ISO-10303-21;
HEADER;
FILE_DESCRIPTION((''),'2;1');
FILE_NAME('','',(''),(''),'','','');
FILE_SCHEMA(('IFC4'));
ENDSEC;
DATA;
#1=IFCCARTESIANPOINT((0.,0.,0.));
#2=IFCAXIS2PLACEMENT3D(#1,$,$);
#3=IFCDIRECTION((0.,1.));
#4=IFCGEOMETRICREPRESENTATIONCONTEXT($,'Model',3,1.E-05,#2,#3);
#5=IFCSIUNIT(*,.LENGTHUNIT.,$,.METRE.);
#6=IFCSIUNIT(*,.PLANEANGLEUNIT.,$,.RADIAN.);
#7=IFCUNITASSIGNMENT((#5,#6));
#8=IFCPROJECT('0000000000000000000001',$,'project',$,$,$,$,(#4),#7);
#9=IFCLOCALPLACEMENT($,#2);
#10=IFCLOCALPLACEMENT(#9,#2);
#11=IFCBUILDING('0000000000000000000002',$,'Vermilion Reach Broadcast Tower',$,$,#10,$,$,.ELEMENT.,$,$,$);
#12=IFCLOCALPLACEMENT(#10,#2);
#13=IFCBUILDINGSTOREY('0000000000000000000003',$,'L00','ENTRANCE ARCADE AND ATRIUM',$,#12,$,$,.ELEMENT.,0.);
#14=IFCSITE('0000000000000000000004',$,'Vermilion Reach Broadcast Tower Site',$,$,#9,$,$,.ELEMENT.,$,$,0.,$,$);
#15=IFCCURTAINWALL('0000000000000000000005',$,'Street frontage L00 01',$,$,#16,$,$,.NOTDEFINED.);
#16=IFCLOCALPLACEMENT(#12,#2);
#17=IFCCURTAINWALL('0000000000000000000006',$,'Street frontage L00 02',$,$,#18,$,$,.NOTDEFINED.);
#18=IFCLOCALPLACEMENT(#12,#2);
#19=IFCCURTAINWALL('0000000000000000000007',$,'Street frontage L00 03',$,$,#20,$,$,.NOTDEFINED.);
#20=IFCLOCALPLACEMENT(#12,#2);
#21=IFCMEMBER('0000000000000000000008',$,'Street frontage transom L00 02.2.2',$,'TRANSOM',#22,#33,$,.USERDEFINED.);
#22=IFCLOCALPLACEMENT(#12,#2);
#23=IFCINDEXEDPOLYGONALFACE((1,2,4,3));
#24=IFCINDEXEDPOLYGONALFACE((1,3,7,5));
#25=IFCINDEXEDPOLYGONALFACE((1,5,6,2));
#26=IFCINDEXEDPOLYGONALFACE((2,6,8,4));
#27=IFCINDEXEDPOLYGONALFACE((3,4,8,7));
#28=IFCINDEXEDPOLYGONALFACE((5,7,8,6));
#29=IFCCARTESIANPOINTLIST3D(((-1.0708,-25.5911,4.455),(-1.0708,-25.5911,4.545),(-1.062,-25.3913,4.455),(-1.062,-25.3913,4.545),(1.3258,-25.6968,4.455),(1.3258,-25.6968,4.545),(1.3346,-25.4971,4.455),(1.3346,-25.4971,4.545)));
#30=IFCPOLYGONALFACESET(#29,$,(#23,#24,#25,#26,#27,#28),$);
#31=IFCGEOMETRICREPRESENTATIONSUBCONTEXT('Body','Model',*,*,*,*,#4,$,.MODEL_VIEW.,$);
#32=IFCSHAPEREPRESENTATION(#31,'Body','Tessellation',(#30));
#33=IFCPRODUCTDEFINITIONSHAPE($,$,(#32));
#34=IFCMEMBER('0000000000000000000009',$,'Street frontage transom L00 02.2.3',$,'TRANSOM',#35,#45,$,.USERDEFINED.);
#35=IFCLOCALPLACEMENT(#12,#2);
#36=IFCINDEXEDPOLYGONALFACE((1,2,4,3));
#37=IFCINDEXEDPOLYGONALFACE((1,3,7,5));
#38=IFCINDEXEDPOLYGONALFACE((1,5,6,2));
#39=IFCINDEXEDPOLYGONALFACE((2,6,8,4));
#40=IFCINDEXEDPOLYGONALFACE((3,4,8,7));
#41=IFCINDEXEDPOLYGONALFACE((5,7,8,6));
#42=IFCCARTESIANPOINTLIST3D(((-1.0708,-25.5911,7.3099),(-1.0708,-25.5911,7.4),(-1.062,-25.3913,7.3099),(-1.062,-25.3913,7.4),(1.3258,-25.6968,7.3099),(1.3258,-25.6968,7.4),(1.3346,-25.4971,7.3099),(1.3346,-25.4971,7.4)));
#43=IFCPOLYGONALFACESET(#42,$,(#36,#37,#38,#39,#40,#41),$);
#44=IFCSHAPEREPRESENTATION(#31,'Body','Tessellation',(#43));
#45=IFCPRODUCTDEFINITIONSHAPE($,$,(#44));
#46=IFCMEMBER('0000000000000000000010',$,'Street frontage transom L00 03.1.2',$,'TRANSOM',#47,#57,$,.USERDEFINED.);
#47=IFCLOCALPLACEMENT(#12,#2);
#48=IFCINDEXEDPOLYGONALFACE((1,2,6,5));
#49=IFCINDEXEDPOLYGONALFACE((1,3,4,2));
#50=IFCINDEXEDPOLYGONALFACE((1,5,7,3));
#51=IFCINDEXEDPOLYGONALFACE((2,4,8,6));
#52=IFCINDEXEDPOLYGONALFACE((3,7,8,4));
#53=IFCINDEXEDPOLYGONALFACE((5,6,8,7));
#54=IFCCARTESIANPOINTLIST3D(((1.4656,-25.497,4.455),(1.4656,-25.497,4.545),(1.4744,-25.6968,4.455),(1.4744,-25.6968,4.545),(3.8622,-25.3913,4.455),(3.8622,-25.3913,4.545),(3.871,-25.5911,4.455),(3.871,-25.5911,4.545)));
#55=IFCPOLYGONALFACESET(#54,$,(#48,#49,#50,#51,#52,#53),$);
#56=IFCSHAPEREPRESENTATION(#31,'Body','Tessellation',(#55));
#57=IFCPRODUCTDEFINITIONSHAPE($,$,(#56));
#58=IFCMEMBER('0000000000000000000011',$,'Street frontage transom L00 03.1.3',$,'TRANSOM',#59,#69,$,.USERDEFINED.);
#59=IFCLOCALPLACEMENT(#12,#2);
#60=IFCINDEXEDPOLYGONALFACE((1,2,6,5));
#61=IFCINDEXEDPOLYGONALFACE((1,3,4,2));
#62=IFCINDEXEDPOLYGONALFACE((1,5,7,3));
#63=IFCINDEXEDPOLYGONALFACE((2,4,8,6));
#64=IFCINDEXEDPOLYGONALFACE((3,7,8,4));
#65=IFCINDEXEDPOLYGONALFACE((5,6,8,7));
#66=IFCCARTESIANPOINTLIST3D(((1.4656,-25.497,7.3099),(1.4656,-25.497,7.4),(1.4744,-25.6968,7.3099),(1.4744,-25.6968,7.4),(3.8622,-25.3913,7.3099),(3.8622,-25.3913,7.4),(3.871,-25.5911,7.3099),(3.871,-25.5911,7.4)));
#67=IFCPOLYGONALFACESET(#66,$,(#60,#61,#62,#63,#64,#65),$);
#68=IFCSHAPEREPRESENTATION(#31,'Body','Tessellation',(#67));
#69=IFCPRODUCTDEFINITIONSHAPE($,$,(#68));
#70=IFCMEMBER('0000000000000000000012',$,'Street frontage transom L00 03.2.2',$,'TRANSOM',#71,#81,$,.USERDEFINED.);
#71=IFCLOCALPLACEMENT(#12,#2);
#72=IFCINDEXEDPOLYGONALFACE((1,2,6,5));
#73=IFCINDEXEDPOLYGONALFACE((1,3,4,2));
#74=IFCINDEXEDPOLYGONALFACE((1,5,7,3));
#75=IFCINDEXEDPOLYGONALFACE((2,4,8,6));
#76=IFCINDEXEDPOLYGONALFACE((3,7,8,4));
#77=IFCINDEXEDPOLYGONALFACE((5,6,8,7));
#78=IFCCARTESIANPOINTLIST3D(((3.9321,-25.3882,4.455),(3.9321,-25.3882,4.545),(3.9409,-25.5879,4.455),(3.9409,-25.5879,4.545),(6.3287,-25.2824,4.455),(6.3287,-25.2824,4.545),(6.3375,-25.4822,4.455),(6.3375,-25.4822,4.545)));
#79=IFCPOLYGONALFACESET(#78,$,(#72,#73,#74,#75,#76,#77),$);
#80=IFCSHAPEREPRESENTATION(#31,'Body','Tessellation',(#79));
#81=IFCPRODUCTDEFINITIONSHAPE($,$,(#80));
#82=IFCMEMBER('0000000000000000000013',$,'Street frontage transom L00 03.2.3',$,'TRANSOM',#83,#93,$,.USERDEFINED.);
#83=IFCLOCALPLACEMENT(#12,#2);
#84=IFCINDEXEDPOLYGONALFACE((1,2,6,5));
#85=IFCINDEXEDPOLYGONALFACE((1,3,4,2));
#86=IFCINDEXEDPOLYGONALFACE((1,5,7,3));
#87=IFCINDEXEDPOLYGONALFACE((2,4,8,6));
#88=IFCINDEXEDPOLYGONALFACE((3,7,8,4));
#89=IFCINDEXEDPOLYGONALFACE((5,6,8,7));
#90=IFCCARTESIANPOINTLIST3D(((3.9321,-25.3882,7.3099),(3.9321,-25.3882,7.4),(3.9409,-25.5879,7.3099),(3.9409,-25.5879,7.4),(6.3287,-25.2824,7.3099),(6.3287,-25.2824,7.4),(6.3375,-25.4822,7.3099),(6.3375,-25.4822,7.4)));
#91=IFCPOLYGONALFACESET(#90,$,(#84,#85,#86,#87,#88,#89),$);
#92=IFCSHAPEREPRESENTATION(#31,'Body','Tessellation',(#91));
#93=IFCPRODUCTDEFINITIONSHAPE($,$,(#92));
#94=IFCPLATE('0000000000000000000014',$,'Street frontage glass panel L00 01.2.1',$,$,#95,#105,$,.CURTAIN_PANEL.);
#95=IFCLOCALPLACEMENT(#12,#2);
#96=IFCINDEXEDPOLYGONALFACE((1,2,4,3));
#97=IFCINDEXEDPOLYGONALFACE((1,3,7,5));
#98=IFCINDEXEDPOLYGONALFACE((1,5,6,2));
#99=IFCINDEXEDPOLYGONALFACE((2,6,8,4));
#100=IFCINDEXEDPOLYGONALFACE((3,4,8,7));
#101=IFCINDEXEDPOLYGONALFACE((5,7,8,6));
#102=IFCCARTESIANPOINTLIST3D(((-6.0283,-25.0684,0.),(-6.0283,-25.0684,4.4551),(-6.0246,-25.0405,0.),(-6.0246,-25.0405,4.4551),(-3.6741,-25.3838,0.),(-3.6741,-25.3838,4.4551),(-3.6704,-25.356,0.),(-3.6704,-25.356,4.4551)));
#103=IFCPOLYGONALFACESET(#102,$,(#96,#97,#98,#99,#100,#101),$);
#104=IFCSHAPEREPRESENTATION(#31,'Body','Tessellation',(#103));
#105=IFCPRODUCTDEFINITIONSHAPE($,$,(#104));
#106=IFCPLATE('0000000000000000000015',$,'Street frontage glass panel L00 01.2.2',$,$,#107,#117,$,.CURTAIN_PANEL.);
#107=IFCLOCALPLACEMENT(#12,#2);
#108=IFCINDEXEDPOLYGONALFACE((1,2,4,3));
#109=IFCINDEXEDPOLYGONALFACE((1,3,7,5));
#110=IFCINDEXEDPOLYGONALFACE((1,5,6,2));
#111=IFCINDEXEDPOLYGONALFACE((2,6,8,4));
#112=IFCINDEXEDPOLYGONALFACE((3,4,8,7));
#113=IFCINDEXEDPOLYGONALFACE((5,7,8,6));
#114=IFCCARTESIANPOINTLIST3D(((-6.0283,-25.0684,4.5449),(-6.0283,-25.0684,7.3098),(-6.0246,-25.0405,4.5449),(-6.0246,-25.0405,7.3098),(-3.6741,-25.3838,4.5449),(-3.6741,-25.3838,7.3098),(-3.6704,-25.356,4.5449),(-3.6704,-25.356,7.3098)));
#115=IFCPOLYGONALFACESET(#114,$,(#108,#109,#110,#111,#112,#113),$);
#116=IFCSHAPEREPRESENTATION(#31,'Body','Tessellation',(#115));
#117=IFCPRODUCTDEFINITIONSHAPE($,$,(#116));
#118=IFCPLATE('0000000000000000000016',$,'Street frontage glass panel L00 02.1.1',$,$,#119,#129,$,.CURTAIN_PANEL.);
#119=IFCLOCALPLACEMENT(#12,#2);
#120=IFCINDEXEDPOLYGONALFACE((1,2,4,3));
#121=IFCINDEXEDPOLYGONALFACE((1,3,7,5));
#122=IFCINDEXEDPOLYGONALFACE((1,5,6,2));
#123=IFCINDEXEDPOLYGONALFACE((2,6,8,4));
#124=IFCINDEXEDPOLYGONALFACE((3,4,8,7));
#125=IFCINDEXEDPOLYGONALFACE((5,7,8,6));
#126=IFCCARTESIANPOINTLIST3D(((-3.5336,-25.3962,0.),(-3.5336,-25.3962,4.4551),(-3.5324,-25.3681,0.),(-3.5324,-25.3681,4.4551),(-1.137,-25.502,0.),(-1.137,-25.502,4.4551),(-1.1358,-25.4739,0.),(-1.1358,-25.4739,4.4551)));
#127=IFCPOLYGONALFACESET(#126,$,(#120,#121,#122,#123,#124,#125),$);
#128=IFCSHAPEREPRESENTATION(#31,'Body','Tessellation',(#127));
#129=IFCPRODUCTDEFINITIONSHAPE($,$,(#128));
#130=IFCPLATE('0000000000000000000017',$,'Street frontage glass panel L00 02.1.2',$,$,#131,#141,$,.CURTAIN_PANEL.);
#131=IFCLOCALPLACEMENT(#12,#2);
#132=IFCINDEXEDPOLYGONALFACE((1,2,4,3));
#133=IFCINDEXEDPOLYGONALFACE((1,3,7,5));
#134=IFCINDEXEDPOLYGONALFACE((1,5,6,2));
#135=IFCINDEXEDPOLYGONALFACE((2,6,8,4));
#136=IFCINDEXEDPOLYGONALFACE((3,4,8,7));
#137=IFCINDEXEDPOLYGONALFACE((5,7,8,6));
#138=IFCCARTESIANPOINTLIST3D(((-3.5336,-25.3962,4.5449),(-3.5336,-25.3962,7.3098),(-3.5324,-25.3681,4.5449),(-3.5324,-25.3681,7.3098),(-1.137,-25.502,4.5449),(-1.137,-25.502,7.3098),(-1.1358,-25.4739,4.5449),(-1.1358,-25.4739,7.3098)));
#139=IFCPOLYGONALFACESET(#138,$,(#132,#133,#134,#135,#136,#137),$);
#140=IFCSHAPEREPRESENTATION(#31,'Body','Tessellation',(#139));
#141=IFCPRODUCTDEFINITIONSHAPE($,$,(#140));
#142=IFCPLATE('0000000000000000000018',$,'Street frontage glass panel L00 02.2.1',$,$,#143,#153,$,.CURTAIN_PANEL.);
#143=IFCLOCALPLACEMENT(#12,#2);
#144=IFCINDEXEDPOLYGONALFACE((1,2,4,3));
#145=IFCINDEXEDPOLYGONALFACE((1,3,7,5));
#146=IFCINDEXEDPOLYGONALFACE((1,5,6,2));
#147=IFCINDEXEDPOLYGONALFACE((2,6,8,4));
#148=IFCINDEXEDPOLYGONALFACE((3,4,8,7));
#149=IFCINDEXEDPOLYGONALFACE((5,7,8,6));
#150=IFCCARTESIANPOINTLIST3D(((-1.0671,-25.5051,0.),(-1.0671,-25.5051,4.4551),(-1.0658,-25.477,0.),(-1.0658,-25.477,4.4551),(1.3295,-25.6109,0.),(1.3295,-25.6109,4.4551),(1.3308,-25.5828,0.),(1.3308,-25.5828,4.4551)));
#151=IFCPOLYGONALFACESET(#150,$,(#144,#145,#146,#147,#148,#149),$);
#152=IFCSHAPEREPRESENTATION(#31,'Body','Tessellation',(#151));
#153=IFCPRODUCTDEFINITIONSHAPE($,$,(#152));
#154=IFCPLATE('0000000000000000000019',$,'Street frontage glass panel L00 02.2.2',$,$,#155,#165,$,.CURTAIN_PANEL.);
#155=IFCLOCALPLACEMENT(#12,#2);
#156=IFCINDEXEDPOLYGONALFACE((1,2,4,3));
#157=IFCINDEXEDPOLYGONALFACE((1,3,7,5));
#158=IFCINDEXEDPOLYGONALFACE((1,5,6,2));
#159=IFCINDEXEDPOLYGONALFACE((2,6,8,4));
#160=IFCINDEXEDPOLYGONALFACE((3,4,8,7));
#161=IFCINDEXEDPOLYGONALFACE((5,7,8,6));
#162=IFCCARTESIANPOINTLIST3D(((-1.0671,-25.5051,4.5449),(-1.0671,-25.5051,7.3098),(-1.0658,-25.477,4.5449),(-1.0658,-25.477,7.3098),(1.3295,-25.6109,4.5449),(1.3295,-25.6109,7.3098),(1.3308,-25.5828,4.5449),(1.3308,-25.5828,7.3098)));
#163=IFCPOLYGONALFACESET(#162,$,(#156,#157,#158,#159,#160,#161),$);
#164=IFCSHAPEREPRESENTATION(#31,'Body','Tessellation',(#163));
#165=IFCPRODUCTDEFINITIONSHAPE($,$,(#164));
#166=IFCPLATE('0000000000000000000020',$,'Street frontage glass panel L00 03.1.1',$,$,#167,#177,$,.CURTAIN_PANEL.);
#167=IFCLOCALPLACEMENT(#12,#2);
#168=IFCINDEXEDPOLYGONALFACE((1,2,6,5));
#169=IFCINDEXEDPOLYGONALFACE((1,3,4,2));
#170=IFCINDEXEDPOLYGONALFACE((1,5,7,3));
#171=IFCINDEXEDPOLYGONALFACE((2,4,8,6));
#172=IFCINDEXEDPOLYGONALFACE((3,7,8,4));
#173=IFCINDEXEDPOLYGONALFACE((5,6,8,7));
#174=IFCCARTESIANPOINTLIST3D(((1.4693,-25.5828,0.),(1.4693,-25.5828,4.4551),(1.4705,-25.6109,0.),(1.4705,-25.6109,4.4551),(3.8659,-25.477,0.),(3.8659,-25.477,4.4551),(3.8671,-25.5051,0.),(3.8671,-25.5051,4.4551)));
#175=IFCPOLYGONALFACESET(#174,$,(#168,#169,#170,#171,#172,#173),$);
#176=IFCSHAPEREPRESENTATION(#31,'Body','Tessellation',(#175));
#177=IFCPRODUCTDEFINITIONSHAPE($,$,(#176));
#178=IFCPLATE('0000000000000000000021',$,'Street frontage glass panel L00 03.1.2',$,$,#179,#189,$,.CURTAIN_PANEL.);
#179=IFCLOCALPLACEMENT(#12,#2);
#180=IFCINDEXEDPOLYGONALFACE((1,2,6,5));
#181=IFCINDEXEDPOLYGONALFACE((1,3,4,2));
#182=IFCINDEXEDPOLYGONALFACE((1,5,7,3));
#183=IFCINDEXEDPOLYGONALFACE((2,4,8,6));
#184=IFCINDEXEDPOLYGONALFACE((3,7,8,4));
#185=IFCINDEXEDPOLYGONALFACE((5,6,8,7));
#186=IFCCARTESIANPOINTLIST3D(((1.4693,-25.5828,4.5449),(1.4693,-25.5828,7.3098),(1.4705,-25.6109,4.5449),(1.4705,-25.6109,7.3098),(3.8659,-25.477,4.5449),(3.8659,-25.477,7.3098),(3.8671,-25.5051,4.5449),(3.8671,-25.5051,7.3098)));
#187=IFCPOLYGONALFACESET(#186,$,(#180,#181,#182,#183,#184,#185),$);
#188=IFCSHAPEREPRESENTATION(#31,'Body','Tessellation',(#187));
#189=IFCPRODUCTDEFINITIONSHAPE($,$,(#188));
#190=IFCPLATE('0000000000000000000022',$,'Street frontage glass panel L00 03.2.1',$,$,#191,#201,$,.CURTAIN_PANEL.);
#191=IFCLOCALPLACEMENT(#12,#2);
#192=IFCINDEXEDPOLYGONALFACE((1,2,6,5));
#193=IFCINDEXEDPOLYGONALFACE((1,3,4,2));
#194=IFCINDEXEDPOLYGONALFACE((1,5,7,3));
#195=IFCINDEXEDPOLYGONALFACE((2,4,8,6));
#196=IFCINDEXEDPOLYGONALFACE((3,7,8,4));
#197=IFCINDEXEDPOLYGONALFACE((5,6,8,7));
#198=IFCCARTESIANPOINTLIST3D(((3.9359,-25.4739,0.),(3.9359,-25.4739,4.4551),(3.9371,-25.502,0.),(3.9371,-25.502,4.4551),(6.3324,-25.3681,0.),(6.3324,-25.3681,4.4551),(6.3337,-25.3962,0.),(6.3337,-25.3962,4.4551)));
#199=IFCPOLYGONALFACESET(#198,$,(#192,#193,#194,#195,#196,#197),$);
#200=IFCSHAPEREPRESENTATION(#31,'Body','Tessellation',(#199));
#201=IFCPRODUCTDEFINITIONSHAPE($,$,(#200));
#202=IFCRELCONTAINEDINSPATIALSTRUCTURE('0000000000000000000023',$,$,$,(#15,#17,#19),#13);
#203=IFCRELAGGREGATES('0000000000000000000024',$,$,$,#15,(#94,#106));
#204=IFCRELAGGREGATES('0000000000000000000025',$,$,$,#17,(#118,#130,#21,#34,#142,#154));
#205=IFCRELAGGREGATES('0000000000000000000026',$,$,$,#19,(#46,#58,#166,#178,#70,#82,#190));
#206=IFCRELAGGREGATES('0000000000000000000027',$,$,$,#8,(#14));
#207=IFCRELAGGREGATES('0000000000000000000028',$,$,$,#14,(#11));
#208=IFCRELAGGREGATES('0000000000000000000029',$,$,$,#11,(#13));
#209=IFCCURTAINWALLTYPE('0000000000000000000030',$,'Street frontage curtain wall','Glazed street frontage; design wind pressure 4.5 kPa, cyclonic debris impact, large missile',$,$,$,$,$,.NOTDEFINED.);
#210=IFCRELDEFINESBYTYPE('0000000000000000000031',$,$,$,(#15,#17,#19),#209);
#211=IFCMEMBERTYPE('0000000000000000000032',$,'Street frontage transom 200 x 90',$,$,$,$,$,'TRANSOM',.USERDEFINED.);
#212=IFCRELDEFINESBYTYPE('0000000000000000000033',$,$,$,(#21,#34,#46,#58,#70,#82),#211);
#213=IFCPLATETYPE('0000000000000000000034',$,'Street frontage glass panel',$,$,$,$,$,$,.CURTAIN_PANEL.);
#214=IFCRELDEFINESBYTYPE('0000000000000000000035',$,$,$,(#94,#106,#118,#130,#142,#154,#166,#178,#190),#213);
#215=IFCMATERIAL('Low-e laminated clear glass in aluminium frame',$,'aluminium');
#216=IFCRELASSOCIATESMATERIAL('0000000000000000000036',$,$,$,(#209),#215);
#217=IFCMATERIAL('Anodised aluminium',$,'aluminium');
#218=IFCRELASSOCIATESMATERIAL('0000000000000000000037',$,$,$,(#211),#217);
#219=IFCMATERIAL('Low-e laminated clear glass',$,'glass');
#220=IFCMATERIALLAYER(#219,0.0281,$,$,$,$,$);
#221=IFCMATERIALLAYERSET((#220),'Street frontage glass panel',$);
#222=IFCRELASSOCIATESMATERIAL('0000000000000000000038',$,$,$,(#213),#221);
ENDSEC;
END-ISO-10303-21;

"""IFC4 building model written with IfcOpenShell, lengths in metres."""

from ifc_helpers import new_model, si_unit, direction, frame, origin, origin_2d, place, context, subcontext, project, spatial, rectangle, extrude, material, layer, layer_set, material_profile, profile_set, type_object, element, aggregate, save


model = new_model("IFC4")

# Units and contexts
model_context = context("Model", 3, precision=1e-05, world=origin(), true_north=direction((0.0, 1.0)))
body_context = subcontext(model_context, "Body", "Model", "MODEL_VIEW")
ifc_project = project(units=[si_unit("LENGTHUNIT", "METRE"), si_unit("PLANEANGLEUNIT", "RADIAN")], contexts=[model_context])

# Site, building, storey
site_placement = place(None, origin())
site = spatial("IfcSite", under=ifc_project, at=site_placement, Name="Vermilion Reach Broadcast Tower Site", CompositionType="ELEMENT", RefElevation=0.0)
building_placement = place(site_placement, origin())
building = spatial("IfcBuilding", under=site, at=building_placement, Name="Vermilion Reach Broadcast Tower", CompositionType="ELEMENT")
storey_placement = place(building_placement, origin())
storey = spatial("IfcBuildingStorey", under=building, at=storey_placement, Name="L00", Description="ENTRANCE ARCADE AND ATRIUM", CompositionType="ELEMENT", Elevation=0.0)

# Curtain wall
ifc_material_1 = material(Name="Low-e laminated clear glass in aluminium frame", Category="aluminium")
curtain_wall_type = type_object("IfcCurtainWallType", Name="Street frontage curtain wall", Description="Glazed street frontage; design wind pressure 4.5 kPa, cyclonic debris impact, large missile", PredefinedType="NOTDEFINED", material=ifc_material_1)
placement = place(storey_placement, origin())
curtain_wall_1 = element("IfcCurtainWall", 1, at=placement, inside=storey, type_object=curtain_wall_type, Name="Street frontage L00 01", PredefinedType="NOTDEFINED")

# Curtain walls
curtain_wall_2 = element("IfcCurtainWall", 2, at=placement, inside=storey, type_object=curtain_wall_type, Name="Street frontage L00 02", PredefinedType="NOTDEFINED")
curtain_wall_3 = element("IfcCurtainWall", 3, at=placement, inside=storey, type_object=curtain_wall_type, Name="Street frontage L00 03", PredefinedType="NOTDEFINED")

# Members
ifc_material_2 = material(Name="Anodised aluminium", Category="aluminium")
ifc_material_profile_1 = material_profile(ifc_material_2, rectangle(XDim=0.2, YDim=0.0901, at=origin_2d()), Name="Street frontage transom 200 x 90")
ifc_profile_set_1 = profile_set([ifc_material_profile_1], Name="Anodised aluminium")
member_type_1 = type_object("IfcMemberType", Name="Street frontage transom 200 x 90", ElementType="TRANSOM", PredefinedType="USERDEFINED", material=ifc_profile_set_1)
member_1_placement = place(storey_placement, frame((-1.0664, -25.4912, 4.5), z_axis=(0.999028, -0.044069, 0.0), x_axis=(0.044069, 0.999028, 0.0)))
member_1 = element("IfcMember", 4, at=member_1_placement, type_object=member_type_1, Name="Street frontage transom L00 02.2.2", ObjectType="TRANSOM", PredefinedType="USERDEFINED", context=body_context, shape_type="SweptSolid", body=[
    extrude(rectangle(XDim=0.2, YDim=0.0901, at=origin_2d()), origin(), (0.0, 0.0, 1.0), 2.3989),
])
member_2_placement = place(storey_placement, frame((-1.0664, -25.4912, 7.355), z_axis=(0.999028, -0.044069, 0.0), x_axis=(0.044069, 0.999028, 0.0)))
member_2 = element("IfcMember", 5, at=member_2_placement, type_object=member_type_1, Name="Street frontage transom L00 02.2.3", ObjectType="TRANSOM", PredefinedType="USERDEFINED", context=body_context, shape_type="SweptSolid", body=[
    extrude(rectangle(XDim=0.2, YDim=0.0901, at=origin_2d()), origin(), (0.0, 0.0, 1.0), 2.3989),
])
member_3_placement = place(storey_placement, frame((1.47, -25.5969, 4.5), z_axis=(0.999028, 0.044069, 0.0), x_axis=(-0.044069, 0.999028, 0.0)))
member_3 = element("IfcMember", 6, at=member_3_placement, type_object=member_type_1, Name="Street frontage transom L00 03.1.2", ObjectType="TRANSOM", PredefinedType="USERDEFINED", context=body_context, shape_type="SweptSolid", body=[
    extrude(rectangle(XDim=0.2, YDim=0.0901, at=origin_2d()), origin(), (0.0, 0.0, 1.0), 2.3989),
])
member_4_placement = place(storey_placement, frame((1.47, -25.5969, 7.355), z_axis=(0.999028, 0.044069, 0.0), x_axis=(-0.044069, 0.999028, 0.0)))
member_4 = element("IfcMember", 7, at=member_4_placement, type_object=member_type_1, Name="Street frontage transom L00 03.1.3", ObjectType="TRANSOM", PredefinedType="USERDEFINED", context=body_context, shape_type="SweptSolid", body=[
    extrude(rectangle(XDim=0.2, YDim=0.0901, at=origin_2d()), origin(), (0.0, 0.0, 1.0), 2.3989),
])
member_5_placement = place(storey_placement, frame((3.9365, -25.488, 4.5), z_axis=(0.999028, 0.044069, 0.0), x_axis=(-0.044069, 0.999028, 0.0)))
member_5 = element("IfcMember", 8, at=member_5_placement, type_object=member_type_1, Name="Street frontage transom L00 03.2.2", ObjectType="TRANSOM", PredefinedType="USERDEFINED", context=body_context, shape_type="SweptSolid", body=[
    extrude(rectangle(XDim=0.2, YDim=0.0901, at=origin_2d()), origin(), (0.0, 0.0, 1.0), 2.3989),
])
member_6_placement = place(storey_placement, frame((3.9365, -25.488, 7.355), z_axis=(0.999028, 0.044069, 0.0), x_axis=(-0.044069, 0.999028, 0.0)))
member_6 = element("IfcMember", 9, at=member_6_placement, type_object=member_type_1, Name="Street frontage transom L00 03.2.3", ObjectType="TRANSOM", PredefinedType="USERDEFINED", context=body_context, shape_type="SweptSolid", body=[
    extrude(rectangle(XDim=0.2, YDim=0.0901, at=origin_2d()), origin(), (0.0, 0.0, 1.0), 2.3989),
])

# Plates
ifc_material_3 = material(Name="Low-e laminated clear glass", Category="glass")
ifc_layer_1 = layer(ifc_material_3, 0.0281)
ifc_layer_set_1 = layer_set([ifc_layer_1], Name="Street frontage glass panel")
plate_type = type_object("IfcPlateType", Name="Street frontage glass panel", PredefinedType="CURTAIN_PANEL", material=ifc_layer_set_1)
plate_1_placement = place(storey_placement, frame((-4.8494, -25.2122, 0.0), z_axis=(0.0, 0.0, 1.0), x_axis=(0.991144, -0.132794, 0.0)))
plate_1 = element("IfcPlate", 10, at=plate_1_placement, type_object=plate_type, Name="Street frontage glass panel L00 01.2.1", PredefinedType="CURTAIN_PANEL", context=body_context, shape_type="SweptSolid", body=[
    extrude(rectangle(XDim=2.3752, YDim=0.0281, at=origin_2d()), origin(), (0.0, 0.0, 1.0), 4.4551),
])
plate_2_placement = place(storey_placement, frame((-4.8494, -25.2122, 4.5449), z_axis=(0.0, 0.0, 1.0), x_axis=(0.991144, -0.132794, 0.0)))
plate_2 = element("IfcPlate", 11, at=plate_2_placement, type_object=plate_type, Name="Street frontage glass panel L00 01.2.2", PredefinedType="CURTAIN_PANEL", context=body_context, shape_type="SweptSolid", body=[
    extrude(rectangle(XDim=2.3752, YDim=0.0281, at=origin_2d()), origin(), (0.0, 0.0, 1.0), 2.7649),
])
aggregate(curtain_wall_1, [plate_1, plate_2])
plate_3_placement = place(storey_placement, frame((-2.3347, -25.4351, 0.0), z_axis=(0.0, 0.0, 1.0), x_axis=(0.999027, -0.044105, 0.0)))
plate_3 = element("IfcPlate", 12, at=plate_3_placement, type_object=plate_type, Name="Street frontage glass panel L00 02.1.1", PredefinedType="CURTAIN_PANEL", context=body_context, shape_type="SweptSolid", body=[
    extrude(rectangle(XDim=2.3989, YDim=0.0281, at=origin_2d()), origin(), (0.0, 0.0, 1.0), 4.4551),
])
plate_4_placement = place(storey_placement, frame((-2.3347, -25.4351, 4.5449), z_axis=(0.0, 0.0, 1.0), x_axis=(0.999027, -0.044105, 0.0)))
plate_4 = element("IfcPlate", 13, at=plate_4_placement, type_object=plate_type, Name="Street frontage glass panel L00 02.1.2", PredefinedType="CURTAIN_PANEL", context=body_context, shape_type="SweptSolid", body=[
    extrude(rectangle(XDim=2.3989, YDim=0.0281, at=origin_2d()), origin(), (0.0, 0.0, 1.0), 2.7649),
])
plate_5_placement = place(storey_placement, frame((0.1318, -25.5439, 0.0), z_axis=(0.0, 0.0, 1.0), x_axis=(0.999027, -0.044105, 0.0)))
plate_5 = element("IfcPlate", 14, at=plate_5_placement, type_object=plate_type, Name="Street frontage glass panel L00 02.2.1", PredefinedType="CURTAIN_PANEL", context=body_context, shape_type="SweptSolid", body=[
    extrude(rectangle(XDim=2.3989, YDim=0.0281, at=origin_2d()), origin(), (0.0, 0.0, 1.0), 4.4551),
])
plate_6_placement = place(storey_placement, frame((0.1318, -25.5439, 4.5449), z_axis=(0.0, 0.0, 1.0), x_axis=(0.999027, -0.044105, 0.0)))
plate_6 = element("IfcPlate", 15, at=plate_6_placement, type_object=plate_type, Name="Street frontage glass panel L00 02.2.2", PredefinedType="CURTAIN_PANEL", context=body_context, shape_type="SweptSolid", body=[
    extrude(rectangle(XDim=2.3989, YDim=0.0281, at=origin_2d()), origin(), (0.0, 0.0, 1.0), 2.7649),
])
aggregate(curtain_wall_2, [plate_3, plate_4, member_1, member_2, plate_5, plate_6])
plate_7_placement = place(storey_placement, frame((2.6682, -25.5439, 0.0), z_axis=(0.0, 0.0, 1.0), x_axis=(0.999027, 0.044105, 0.0)))
plate_7 = element("IfcPlate", 16, at=plate_7_placement, type_object=plate_type, Name="Street frontage glass panel L00 03.1.1", PredefinedType="CURTAIN_PANEL", context=body_context, shape_type="SweptSolid", body=[
    extrude(rectangle(XDim=2.3989, YDim=0.0281, at=origin_2d()), origin(), (0.0, 0.0, 1.0), 4.4551),
])
plate_8_placement = place(storey_placement, frame((2.6682, -25.5439, 4.5449), z_axis=(0.0, 0.0, 1.0), x_axis=(0.999027, 0.044105, 0.0)))
plate_8 = element("IfcPlate", 17, at=plate_8_placement, type_object=plate_type, Name="Street frontage glass panel L00 03.1.2", PredefinedType="CURTAIN_PANEL", context=body_context, shape_type="SweptSolid", body=[
    extrude(rectangle(XDim=2.3989, YDim=0.0281, at=origin_2d()), origin(), (0.0, 0.0, 1.0), 2.7649),
])
plate_9_placement = place(storey_placement, frame((5.1348, -25.4351, 0.0), z_axis=(0.0, 0.0, 1.0), x_axis=(0.999027, 0.044105, 0.0)))
plate_9 = element("IfcPlate", 18, at=plate_9_placement, type_object=plate_type, Name="Street frontage glass panel L00 03.2.1", PredefinedType="CURTAIN_PANEL", context=body_context, shape_type="SweptSolid", body=[
    extrude(rectangle(XDim=2.3989, YDim=0.0281, at=origin_2d()), origin(), (0.0, 0.0, 1.0), 4.4551),
])
aggregate(curtain_wall_3, [member_3, member_4, plate_7, plate_8, member_5, member_6, plate_9])

save(model, "model.ifc")
